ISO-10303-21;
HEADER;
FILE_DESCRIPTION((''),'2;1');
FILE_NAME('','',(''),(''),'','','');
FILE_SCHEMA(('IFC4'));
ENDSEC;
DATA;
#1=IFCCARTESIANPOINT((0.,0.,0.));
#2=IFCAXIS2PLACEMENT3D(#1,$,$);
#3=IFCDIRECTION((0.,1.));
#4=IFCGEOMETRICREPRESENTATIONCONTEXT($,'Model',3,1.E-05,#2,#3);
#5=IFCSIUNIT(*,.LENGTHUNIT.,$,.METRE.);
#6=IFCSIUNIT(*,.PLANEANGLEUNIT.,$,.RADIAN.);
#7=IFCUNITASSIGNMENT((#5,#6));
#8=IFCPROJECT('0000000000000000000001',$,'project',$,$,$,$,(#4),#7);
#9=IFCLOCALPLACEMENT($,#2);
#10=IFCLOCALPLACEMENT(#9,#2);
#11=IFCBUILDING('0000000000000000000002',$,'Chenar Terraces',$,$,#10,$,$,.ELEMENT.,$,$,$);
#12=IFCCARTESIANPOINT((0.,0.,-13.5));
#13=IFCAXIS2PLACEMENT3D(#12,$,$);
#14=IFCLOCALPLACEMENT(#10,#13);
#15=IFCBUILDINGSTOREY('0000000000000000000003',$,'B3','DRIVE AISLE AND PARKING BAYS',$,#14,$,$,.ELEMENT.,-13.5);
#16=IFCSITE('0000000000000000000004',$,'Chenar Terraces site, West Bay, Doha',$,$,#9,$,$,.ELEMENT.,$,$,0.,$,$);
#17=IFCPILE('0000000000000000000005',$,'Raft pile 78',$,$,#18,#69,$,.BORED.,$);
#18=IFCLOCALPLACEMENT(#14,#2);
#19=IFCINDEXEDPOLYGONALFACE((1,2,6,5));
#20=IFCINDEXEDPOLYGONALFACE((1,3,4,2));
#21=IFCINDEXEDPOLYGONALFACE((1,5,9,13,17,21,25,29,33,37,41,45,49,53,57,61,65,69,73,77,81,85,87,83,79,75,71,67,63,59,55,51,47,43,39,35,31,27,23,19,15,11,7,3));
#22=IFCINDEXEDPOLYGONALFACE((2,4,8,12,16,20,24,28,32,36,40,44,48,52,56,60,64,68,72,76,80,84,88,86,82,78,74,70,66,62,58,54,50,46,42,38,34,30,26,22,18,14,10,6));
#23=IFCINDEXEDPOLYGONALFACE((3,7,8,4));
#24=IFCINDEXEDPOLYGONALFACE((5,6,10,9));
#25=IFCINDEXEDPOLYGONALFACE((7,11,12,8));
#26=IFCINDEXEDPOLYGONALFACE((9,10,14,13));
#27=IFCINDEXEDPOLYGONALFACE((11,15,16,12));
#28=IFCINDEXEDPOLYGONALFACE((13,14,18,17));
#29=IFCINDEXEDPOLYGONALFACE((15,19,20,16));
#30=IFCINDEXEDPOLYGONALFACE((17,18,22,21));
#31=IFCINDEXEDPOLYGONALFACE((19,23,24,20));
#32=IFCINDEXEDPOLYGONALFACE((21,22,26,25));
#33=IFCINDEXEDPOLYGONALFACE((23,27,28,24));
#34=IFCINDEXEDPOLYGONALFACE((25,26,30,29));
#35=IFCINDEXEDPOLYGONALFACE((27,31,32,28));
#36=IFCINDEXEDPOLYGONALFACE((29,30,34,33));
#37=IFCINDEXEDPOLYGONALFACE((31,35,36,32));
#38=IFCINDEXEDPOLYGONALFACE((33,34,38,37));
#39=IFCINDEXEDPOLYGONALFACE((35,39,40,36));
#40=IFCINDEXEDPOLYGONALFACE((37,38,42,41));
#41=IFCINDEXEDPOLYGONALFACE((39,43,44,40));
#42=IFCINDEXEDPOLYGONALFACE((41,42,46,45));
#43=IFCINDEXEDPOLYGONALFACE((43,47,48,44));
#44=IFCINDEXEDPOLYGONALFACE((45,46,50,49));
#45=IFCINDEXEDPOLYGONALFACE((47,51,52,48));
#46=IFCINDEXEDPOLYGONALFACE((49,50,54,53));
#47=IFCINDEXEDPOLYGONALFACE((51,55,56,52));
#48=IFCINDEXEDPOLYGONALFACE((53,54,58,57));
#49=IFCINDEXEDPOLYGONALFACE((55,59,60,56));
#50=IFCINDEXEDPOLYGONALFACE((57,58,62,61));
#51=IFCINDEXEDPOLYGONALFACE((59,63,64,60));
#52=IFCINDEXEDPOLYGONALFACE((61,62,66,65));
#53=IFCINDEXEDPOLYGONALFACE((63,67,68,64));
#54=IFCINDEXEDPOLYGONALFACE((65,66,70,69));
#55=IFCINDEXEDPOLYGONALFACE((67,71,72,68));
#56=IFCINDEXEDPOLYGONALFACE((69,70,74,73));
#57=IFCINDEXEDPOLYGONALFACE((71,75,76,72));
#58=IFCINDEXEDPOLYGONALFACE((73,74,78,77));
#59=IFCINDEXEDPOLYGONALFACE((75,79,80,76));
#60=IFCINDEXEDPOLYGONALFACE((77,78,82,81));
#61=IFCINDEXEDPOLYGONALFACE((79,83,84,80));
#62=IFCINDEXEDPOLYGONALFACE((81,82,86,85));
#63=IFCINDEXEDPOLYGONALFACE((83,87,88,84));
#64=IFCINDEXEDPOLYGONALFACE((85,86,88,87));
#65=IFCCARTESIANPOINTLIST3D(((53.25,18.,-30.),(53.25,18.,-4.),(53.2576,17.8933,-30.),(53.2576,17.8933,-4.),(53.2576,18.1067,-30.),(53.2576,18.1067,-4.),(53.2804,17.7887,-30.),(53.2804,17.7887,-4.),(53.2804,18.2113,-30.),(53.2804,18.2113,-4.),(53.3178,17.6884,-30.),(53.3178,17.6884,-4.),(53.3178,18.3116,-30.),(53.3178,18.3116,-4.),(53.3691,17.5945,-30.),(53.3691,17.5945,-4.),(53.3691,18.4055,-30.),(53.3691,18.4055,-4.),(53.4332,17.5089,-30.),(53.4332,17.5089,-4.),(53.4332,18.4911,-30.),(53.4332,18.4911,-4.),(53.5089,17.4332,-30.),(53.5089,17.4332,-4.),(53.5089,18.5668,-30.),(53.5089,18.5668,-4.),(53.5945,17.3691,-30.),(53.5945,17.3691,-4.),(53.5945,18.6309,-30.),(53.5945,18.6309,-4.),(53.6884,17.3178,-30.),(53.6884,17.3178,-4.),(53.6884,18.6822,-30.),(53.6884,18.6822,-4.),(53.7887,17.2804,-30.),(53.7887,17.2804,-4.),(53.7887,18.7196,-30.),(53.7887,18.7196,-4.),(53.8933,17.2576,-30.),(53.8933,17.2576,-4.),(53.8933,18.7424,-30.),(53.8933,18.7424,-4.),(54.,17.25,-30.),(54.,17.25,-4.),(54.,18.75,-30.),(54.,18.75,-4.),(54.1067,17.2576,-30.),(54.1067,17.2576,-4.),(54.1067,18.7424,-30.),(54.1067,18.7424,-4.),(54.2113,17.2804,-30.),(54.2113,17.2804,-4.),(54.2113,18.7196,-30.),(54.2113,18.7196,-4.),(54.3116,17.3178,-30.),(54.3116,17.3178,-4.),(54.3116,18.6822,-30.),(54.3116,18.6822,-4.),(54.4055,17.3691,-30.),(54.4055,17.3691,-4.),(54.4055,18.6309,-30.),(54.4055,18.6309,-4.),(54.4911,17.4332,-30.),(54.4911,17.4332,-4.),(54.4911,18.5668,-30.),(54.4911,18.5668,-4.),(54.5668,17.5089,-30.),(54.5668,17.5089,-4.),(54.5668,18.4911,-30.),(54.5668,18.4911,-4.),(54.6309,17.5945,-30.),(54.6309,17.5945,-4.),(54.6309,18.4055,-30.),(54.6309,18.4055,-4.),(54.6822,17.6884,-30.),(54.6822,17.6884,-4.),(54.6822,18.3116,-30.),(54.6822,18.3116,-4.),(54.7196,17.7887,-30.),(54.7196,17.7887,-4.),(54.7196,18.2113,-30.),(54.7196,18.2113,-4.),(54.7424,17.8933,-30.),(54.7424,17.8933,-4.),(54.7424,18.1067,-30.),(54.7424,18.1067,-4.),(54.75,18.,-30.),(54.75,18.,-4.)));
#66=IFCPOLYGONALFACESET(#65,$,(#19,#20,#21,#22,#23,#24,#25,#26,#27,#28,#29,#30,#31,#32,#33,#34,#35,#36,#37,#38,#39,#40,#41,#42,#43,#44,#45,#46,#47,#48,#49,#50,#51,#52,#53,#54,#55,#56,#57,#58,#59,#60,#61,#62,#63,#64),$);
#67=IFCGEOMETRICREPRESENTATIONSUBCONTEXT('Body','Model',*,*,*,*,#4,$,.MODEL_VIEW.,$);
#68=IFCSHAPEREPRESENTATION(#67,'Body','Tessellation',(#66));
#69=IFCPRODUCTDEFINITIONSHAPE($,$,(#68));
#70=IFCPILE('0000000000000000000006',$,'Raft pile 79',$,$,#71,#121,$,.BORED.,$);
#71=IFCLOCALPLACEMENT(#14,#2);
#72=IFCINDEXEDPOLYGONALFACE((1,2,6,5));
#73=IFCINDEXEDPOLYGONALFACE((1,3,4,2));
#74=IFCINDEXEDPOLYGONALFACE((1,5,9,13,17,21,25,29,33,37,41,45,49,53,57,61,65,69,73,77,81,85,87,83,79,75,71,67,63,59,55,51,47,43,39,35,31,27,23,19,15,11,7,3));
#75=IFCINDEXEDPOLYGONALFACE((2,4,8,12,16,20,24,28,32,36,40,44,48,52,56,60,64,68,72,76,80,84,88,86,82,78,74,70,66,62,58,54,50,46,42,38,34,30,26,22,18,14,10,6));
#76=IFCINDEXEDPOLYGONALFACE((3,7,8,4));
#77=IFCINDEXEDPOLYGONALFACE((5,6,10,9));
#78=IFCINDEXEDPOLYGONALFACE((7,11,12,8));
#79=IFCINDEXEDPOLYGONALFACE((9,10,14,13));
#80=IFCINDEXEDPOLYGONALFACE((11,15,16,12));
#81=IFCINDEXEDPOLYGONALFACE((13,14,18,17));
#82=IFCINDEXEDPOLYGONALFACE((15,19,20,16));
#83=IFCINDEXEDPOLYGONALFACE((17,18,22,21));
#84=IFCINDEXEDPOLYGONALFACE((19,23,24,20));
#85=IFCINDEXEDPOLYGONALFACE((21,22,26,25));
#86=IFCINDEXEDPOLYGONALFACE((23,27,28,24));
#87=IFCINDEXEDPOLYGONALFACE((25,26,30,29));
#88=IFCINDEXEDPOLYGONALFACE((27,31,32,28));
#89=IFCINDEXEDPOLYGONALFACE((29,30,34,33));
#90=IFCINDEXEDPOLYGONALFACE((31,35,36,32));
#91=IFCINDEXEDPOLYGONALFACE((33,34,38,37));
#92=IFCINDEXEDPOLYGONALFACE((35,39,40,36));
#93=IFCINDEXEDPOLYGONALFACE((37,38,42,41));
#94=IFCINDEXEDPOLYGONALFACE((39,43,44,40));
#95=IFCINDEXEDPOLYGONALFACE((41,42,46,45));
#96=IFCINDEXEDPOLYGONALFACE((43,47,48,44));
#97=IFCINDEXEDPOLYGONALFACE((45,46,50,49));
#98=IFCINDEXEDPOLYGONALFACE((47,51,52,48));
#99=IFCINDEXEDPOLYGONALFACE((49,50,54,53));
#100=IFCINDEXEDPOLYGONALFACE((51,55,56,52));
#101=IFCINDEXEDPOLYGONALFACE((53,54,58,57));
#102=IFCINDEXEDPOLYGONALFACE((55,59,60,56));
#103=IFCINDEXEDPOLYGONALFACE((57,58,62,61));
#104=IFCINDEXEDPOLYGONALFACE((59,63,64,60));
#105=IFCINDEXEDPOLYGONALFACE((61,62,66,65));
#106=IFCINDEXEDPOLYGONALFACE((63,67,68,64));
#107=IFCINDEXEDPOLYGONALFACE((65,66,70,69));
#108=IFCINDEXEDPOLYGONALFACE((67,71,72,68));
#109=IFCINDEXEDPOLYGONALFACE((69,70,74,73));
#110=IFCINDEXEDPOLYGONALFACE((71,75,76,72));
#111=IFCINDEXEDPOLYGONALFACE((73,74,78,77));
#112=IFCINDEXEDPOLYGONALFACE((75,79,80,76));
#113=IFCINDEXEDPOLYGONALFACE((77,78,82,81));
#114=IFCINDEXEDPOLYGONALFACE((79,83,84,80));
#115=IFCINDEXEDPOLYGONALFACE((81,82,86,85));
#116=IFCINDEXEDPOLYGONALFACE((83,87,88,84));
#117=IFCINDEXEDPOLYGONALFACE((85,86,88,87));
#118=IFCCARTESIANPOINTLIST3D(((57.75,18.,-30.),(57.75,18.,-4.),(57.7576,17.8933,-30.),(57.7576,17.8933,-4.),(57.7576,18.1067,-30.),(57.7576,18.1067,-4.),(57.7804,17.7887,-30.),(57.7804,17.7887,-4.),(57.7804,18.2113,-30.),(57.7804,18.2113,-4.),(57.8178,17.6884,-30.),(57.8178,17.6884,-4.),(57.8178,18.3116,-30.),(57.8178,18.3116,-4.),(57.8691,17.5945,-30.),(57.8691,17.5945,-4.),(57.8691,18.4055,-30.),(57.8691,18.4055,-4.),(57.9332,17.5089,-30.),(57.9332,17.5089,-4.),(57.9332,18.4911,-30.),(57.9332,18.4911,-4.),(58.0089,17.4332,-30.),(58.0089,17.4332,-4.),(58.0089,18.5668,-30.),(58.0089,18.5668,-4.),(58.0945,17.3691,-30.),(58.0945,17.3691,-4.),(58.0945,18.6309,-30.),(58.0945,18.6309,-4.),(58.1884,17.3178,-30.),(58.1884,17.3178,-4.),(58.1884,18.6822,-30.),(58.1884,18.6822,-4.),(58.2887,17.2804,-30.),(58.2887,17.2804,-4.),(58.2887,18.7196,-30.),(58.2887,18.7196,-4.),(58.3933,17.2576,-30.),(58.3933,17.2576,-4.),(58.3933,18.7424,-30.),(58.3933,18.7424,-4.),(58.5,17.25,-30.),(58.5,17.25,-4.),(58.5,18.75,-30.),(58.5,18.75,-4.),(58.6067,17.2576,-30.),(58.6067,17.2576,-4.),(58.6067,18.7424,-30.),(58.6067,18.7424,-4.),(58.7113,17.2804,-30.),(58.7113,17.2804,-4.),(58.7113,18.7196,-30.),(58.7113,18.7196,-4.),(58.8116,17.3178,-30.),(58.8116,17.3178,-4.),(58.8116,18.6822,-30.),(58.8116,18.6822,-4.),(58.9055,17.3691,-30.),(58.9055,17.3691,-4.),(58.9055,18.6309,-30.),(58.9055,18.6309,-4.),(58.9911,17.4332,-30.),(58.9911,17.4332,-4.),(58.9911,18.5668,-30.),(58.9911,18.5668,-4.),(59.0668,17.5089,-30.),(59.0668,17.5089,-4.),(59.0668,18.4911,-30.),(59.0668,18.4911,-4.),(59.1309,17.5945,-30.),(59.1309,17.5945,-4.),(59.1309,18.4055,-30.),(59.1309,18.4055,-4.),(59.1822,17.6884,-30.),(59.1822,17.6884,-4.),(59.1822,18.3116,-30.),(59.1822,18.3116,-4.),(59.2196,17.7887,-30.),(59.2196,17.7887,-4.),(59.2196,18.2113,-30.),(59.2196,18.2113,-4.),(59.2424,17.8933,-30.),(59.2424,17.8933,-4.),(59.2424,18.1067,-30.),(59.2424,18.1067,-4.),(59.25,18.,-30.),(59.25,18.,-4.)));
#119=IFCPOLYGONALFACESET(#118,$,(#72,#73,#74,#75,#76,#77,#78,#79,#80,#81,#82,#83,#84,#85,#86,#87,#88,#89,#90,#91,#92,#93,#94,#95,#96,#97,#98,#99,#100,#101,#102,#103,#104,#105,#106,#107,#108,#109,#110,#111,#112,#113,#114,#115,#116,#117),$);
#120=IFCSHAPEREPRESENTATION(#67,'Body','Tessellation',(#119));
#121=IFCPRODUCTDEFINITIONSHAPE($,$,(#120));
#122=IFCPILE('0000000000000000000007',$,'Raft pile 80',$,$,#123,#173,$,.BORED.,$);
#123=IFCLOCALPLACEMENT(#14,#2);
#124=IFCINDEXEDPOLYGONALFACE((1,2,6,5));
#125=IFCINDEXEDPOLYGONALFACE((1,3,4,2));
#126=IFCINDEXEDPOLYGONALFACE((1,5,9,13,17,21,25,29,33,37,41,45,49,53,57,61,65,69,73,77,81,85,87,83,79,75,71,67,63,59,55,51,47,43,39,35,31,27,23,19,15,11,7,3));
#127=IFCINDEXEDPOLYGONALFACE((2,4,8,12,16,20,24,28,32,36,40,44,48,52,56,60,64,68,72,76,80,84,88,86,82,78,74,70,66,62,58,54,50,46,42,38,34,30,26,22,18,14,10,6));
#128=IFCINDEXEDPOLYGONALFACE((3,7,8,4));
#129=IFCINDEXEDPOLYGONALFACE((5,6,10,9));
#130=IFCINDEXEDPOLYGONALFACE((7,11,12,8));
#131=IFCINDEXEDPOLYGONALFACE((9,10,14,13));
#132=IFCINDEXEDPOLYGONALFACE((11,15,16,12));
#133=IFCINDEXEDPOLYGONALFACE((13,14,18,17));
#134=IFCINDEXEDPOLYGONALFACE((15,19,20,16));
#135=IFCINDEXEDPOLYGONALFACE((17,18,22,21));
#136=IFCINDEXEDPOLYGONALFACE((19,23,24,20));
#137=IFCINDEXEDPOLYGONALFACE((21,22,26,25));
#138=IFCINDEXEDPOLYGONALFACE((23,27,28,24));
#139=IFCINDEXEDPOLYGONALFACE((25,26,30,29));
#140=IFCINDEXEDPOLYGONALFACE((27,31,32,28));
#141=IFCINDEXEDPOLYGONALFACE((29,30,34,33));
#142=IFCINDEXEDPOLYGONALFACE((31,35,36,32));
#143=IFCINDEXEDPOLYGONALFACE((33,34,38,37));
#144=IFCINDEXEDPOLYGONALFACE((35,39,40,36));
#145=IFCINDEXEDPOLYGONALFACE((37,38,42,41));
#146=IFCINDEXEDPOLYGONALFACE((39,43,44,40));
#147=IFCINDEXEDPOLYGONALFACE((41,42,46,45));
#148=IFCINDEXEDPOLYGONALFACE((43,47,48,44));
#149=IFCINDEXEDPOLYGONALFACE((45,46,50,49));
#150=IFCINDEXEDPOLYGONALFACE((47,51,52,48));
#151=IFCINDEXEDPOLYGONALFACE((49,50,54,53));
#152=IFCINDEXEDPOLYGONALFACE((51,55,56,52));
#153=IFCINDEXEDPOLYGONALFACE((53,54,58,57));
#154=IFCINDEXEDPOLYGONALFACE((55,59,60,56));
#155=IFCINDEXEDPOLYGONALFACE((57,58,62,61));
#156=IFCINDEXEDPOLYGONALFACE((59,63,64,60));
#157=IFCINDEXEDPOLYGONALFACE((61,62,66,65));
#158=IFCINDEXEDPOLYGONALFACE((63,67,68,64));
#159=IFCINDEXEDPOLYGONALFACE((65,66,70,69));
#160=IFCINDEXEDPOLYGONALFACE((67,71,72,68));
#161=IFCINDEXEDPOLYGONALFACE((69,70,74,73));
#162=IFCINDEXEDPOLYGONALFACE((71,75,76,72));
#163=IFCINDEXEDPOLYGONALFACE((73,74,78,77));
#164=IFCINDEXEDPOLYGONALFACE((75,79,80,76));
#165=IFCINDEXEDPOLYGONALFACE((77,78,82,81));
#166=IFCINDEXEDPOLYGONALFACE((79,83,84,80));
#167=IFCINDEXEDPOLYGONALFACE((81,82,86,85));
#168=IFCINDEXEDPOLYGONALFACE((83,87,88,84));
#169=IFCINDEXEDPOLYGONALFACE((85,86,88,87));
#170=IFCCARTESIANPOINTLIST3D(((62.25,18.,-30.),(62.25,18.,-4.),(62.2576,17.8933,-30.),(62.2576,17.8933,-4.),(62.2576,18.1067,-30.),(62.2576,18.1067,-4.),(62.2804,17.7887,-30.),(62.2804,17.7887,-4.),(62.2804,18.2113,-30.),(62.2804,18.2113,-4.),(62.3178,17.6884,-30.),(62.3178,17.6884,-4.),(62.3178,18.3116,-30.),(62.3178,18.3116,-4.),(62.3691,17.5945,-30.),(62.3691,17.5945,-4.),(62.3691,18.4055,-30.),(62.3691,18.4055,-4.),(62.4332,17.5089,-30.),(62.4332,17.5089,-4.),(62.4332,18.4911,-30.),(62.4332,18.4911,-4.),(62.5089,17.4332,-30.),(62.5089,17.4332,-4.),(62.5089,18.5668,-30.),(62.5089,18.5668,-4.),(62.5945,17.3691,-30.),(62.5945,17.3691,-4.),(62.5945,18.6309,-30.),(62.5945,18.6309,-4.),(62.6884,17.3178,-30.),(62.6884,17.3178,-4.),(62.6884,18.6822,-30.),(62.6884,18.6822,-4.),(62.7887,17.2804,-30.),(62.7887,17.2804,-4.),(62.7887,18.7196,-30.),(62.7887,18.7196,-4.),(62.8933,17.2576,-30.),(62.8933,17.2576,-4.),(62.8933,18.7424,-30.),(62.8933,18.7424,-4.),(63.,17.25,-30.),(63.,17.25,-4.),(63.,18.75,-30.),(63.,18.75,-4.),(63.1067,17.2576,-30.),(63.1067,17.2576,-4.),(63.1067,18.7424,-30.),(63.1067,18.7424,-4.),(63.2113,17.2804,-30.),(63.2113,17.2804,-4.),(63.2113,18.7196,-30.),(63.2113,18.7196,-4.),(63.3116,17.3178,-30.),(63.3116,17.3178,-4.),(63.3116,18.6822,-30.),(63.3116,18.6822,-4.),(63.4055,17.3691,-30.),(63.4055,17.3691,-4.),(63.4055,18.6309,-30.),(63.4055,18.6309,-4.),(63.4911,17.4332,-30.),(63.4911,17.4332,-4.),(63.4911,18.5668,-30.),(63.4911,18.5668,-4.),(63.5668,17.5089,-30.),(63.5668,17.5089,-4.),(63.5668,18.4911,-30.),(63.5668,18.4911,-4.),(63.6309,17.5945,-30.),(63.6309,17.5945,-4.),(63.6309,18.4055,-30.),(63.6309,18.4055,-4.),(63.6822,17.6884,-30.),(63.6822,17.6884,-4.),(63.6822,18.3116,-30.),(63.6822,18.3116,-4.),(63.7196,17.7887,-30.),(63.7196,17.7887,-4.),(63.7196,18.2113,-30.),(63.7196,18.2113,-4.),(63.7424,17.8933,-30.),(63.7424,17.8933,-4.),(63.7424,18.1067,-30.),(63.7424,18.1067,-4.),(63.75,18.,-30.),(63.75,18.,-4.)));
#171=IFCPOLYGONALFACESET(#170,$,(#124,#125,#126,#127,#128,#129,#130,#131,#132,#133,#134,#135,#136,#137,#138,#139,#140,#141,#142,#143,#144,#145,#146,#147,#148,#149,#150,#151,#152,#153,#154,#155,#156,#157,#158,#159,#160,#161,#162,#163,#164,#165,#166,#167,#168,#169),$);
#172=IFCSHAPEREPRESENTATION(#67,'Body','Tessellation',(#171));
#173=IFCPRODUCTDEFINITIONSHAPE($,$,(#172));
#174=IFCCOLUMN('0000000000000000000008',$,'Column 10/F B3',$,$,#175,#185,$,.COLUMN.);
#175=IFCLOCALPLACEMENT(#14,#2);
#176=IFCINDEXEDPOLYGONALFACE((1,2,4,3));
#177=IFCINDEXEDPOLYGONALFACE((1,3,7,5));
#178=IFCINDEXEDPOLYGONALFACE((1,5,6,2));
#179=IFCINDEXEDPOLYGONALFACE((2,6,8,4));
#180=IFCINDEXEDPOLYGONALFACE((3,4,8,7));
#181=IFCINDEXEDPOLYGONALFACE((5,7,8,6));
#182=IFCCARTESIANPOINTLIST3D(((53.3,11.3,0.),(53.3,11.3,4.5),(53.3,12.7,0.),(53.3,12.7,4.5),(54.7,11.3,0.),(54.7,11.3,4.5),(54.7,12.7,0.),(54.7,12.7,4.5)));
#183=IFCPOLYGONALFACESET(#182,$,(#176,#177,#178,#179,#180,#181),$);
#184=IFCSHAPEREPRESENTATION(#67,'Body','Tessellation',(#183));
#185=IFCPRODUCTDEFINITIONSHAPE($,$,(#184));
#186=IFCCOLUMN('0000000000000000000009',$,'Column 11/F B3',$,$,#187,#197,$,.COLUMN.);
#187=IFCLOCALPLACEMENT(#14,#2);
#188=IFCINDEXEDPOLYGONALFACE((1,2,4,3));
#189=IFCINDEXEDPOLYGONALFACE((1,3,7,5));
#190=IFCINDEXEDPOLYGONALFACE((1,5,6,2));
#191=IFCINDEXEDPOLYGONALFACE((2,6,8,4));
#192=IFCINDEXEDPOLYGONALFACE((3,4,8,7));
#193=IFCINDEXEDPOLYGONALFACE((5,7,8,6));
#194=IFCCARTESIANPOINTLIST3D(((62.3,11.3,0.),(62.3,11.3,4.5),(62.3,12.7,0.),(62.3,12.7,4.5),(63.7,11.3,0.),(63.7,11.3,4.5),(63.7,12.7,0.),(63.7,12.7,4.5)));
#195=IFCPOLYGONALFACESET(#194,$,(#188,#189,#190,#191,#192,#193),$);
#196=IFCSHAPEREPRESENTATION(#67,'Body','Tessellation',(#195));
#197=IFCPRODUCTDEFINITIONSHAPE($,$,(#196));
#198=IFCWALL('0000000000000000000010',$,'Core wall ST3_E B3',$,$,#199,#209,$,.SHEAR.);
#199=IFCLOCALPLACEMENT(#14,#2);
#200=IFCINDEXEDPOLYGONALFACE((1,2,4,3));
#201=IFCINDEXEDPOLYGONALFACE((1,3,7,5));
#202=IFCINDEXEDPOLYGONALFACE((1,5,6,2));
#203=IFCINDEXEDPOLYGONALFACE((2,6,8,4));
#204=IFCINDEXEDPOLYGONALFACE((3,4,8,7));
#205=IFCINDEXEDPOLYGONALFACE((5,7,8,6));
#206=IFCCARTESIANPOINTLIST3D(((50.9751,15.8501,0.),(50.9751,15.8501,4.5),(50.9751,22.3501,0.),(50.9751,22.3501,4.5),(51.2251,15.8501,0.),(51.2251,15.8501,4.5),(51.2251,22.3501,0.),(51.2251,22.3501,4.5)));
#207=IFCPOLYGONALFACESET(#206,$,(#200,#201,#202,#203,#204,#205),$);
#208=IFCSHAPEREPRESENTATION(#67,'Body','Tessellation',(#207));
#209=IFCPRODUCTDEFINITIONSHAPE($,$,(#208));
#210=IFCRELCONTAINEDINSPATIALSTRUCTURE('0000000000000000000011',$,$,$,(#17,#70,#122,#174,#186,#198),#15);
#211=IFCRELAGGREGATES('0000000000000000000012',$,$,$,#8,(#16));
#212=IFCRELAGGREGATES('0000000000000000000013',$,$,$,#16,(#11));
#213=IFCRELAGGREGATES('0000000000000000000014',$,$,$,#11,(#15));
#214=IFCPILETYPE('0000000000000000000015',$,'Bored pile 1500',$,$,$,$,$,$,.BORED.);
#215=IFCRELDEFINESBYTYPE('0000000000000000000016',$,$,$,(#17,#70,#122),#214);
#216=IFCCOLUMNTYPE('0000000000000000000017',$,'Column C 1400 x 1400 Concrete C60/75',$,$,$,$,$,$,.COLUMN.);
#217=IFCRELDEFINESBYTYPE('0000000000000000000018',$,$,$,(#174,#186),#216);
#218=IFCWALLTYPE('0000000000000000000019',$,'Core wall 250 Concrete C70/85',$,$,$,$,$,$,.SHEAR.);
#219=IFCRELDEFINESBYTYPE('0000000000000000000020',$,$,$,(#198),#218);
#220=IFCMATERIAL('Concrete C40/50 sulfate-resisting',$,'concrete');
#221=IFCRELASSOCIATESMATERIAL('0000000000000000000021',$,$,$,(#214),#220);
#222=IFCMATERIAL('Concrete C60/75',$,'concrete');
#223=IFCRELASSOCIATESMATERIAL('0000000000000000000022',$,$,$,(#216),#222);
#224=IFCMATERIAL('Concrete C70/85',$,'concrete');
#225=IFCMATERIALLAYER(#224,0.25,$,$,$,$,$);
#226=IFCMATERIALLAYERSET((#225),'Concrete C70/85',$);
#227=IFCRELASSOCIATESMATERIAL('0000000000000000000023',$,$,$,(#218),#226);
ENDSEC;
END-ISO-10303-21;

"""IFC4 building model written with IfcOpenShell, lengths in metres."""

from ifc_helpers import new_model, si_unit, direction, frame, frame_2d, origin, origin_2d, place, context, subcontext, project, spatial, rectangle, circle, extrude, material, layer, layer_set, material_profile, profile_set, type_object, element, save


model = new_model("IFC4")

# Units and contexts
model_context = context("Model", 3, precision=1e-05, world=origin(), true_north=direction((0.0, 1.0)))
body_context = subcontext(model_context, "Body", "Model", "MODEL_VIEW")
ifc_project = project(units=[si_unit("LENGTHUNIT", "METRE"), si_unit("PLANEANGLEUNIT", "RADIAN")], contexts=[model_context])

# Site, building, storey
site_placement = place(None, origin())
site = spatial("IfcSite", under=ifc_project, at=site_placement, Name="Chenar Terraces site, West Bay, Doha", CompositionType="ELEMENT", RefElevation=0.0)
building_placement = place(site_placement, origin())
building = spatial("IfcBuilding", under=site, at=building_placement, Name="Chenar Terraces", CompositionType="ELEMENT")
storey_placement = place(building_placement, frame((0.0, 0.0, -13.5)))
storey = spatial("IfcBuildingStorey", under=building, at=storey_placement, Name="B3", Description="DRIVE AISLE AND PARKING BAYS", CompositionType="ELEMENT", Elevation=-13.5)

# Piles
ifc_material_1 = material(Name="Concrete C40/50 sulfate-resisting", Category="concrete")
ifc_material_profile_1 = material_profile(ifc_material_1, circle(Radius=0.75, at=origin_2d()), Name="BP 1500")
ifc_profile_set_1 = profile_set([ifc_material_profile_1], Name="Concrete C40/50 sulfate-resisting")
pile_type = type_object("IfcPileType", Name="Bored pile 1500", PredefinedType="BORED", material=ifc_profile_set_1)
for number, where, z_axis, x_axis, name in (
    (1, (54.0, 18.0, -4.0), (0.0, 0.0, -1.0), (1.0, 0.0, 0.0), "Raft pile 78"),
    (2, (58.5, 18.0, -4.0), (0.0, 0.0, -1.0), (1.0, 0.0, 0.0), "Raft pile 79"),
    (3, (63.0, 18.0, -4.0), (0.0, 0.0, -1.0), (1.0, 0.0, 0.0), "Raft pile 80"),
):
    element("IfcPile", number, at=place(storey_placement, frame(where, z_axis=z_axis, x_axis=x_axis)), inside=storey, type_object=pile_type, Name=name, PredefinedType="BORED", context=body_context, shape_type="SweptSolid", body=[
        extrude(circle(Radius=0.75, at=origin_2d()), origin(), (0.0, 0.0, 1.0), 26.0),
    ])

# Columns
ifc_material_2 = material(Name="Concrete C60/75", Category="concrete")
ifc_material_profile_2 = material_profile(ifc_material_2, rectangle(XDim=1.3999, YDim=1.3999, at=origin_2d()), Name="C 1400 x 1400")
ifc_profile_set_2 = profile_set([ifc_material_profile_2], Name="Concrete C60/75")
column_type = type_object("IfcColumnType", Name="Column C 1400 x 1400 Concrete C60/75", PredefinedType="COLUMN", material=ifc_profile_set_2)
for number, where, z_axis, x_axis, name in (
    (4, (54.0, 12.0, 0.0), (0.0, 0.0, 1.0), (1.0, 0.0, 0.0), "Column 10/F B3"),
    (5, (63.0, 12.0, 0.0), (0.0, 0.0, 1.0), (1.0, 0.0, 0.0), "Column 11/F B3"),
):
    element("IfcColumn", number, at=place(storey_placement, frame(where, z_axis=z_axis, x_axis=x_axis)), inside=storey, type_object=column_type, Name=name, PredefinedType="COLUMN", context=body_context, shape_type="SweptSolid", body=[
        extrude(rectangle(XDim=1.3999, YDim=1.3999, at=origin_2d()), origin(), (0.0, 0.0, 1.0), 4.5),
    ])

# Wall
ifc_material_3 = material(Name="Concrete C70/85", Category="concrete")
ifc_layer_1 = layer(ifc_material_3, 0.25)
ifc_layer_set_1 = layer_set([ifc_layer_1], Name="Concrete C70/85")
wall_type_1 = type_object("IfcWallType", Name="Core wall 250 Concrete C70/85", PredefinedType="SHEAR", material=ifc_layer_set_1)
wall_1_placement = place(storey_placement, frame((51.1001, 15.8501, 0.0), z_axis=(0.0, 0.0, 1.0), x_axis=(0.0, 1.0, 0.0)))
element("IfcWall", 6, at=wall_1_placement, inside=storey, type_object=wall_type_1, Name="Core wall ST3_E B3", PredefinedType="SHEAR", context=body_context, shape_type="SweptSolid", body=[
    extrude(rectangle(XDim=6.5, YDim=0.25, at=frame_2d((3.25, 0.0))), origin(), (0.0, 0.0, 1.0), 4.5),
])

save(model, "model.ifc")
